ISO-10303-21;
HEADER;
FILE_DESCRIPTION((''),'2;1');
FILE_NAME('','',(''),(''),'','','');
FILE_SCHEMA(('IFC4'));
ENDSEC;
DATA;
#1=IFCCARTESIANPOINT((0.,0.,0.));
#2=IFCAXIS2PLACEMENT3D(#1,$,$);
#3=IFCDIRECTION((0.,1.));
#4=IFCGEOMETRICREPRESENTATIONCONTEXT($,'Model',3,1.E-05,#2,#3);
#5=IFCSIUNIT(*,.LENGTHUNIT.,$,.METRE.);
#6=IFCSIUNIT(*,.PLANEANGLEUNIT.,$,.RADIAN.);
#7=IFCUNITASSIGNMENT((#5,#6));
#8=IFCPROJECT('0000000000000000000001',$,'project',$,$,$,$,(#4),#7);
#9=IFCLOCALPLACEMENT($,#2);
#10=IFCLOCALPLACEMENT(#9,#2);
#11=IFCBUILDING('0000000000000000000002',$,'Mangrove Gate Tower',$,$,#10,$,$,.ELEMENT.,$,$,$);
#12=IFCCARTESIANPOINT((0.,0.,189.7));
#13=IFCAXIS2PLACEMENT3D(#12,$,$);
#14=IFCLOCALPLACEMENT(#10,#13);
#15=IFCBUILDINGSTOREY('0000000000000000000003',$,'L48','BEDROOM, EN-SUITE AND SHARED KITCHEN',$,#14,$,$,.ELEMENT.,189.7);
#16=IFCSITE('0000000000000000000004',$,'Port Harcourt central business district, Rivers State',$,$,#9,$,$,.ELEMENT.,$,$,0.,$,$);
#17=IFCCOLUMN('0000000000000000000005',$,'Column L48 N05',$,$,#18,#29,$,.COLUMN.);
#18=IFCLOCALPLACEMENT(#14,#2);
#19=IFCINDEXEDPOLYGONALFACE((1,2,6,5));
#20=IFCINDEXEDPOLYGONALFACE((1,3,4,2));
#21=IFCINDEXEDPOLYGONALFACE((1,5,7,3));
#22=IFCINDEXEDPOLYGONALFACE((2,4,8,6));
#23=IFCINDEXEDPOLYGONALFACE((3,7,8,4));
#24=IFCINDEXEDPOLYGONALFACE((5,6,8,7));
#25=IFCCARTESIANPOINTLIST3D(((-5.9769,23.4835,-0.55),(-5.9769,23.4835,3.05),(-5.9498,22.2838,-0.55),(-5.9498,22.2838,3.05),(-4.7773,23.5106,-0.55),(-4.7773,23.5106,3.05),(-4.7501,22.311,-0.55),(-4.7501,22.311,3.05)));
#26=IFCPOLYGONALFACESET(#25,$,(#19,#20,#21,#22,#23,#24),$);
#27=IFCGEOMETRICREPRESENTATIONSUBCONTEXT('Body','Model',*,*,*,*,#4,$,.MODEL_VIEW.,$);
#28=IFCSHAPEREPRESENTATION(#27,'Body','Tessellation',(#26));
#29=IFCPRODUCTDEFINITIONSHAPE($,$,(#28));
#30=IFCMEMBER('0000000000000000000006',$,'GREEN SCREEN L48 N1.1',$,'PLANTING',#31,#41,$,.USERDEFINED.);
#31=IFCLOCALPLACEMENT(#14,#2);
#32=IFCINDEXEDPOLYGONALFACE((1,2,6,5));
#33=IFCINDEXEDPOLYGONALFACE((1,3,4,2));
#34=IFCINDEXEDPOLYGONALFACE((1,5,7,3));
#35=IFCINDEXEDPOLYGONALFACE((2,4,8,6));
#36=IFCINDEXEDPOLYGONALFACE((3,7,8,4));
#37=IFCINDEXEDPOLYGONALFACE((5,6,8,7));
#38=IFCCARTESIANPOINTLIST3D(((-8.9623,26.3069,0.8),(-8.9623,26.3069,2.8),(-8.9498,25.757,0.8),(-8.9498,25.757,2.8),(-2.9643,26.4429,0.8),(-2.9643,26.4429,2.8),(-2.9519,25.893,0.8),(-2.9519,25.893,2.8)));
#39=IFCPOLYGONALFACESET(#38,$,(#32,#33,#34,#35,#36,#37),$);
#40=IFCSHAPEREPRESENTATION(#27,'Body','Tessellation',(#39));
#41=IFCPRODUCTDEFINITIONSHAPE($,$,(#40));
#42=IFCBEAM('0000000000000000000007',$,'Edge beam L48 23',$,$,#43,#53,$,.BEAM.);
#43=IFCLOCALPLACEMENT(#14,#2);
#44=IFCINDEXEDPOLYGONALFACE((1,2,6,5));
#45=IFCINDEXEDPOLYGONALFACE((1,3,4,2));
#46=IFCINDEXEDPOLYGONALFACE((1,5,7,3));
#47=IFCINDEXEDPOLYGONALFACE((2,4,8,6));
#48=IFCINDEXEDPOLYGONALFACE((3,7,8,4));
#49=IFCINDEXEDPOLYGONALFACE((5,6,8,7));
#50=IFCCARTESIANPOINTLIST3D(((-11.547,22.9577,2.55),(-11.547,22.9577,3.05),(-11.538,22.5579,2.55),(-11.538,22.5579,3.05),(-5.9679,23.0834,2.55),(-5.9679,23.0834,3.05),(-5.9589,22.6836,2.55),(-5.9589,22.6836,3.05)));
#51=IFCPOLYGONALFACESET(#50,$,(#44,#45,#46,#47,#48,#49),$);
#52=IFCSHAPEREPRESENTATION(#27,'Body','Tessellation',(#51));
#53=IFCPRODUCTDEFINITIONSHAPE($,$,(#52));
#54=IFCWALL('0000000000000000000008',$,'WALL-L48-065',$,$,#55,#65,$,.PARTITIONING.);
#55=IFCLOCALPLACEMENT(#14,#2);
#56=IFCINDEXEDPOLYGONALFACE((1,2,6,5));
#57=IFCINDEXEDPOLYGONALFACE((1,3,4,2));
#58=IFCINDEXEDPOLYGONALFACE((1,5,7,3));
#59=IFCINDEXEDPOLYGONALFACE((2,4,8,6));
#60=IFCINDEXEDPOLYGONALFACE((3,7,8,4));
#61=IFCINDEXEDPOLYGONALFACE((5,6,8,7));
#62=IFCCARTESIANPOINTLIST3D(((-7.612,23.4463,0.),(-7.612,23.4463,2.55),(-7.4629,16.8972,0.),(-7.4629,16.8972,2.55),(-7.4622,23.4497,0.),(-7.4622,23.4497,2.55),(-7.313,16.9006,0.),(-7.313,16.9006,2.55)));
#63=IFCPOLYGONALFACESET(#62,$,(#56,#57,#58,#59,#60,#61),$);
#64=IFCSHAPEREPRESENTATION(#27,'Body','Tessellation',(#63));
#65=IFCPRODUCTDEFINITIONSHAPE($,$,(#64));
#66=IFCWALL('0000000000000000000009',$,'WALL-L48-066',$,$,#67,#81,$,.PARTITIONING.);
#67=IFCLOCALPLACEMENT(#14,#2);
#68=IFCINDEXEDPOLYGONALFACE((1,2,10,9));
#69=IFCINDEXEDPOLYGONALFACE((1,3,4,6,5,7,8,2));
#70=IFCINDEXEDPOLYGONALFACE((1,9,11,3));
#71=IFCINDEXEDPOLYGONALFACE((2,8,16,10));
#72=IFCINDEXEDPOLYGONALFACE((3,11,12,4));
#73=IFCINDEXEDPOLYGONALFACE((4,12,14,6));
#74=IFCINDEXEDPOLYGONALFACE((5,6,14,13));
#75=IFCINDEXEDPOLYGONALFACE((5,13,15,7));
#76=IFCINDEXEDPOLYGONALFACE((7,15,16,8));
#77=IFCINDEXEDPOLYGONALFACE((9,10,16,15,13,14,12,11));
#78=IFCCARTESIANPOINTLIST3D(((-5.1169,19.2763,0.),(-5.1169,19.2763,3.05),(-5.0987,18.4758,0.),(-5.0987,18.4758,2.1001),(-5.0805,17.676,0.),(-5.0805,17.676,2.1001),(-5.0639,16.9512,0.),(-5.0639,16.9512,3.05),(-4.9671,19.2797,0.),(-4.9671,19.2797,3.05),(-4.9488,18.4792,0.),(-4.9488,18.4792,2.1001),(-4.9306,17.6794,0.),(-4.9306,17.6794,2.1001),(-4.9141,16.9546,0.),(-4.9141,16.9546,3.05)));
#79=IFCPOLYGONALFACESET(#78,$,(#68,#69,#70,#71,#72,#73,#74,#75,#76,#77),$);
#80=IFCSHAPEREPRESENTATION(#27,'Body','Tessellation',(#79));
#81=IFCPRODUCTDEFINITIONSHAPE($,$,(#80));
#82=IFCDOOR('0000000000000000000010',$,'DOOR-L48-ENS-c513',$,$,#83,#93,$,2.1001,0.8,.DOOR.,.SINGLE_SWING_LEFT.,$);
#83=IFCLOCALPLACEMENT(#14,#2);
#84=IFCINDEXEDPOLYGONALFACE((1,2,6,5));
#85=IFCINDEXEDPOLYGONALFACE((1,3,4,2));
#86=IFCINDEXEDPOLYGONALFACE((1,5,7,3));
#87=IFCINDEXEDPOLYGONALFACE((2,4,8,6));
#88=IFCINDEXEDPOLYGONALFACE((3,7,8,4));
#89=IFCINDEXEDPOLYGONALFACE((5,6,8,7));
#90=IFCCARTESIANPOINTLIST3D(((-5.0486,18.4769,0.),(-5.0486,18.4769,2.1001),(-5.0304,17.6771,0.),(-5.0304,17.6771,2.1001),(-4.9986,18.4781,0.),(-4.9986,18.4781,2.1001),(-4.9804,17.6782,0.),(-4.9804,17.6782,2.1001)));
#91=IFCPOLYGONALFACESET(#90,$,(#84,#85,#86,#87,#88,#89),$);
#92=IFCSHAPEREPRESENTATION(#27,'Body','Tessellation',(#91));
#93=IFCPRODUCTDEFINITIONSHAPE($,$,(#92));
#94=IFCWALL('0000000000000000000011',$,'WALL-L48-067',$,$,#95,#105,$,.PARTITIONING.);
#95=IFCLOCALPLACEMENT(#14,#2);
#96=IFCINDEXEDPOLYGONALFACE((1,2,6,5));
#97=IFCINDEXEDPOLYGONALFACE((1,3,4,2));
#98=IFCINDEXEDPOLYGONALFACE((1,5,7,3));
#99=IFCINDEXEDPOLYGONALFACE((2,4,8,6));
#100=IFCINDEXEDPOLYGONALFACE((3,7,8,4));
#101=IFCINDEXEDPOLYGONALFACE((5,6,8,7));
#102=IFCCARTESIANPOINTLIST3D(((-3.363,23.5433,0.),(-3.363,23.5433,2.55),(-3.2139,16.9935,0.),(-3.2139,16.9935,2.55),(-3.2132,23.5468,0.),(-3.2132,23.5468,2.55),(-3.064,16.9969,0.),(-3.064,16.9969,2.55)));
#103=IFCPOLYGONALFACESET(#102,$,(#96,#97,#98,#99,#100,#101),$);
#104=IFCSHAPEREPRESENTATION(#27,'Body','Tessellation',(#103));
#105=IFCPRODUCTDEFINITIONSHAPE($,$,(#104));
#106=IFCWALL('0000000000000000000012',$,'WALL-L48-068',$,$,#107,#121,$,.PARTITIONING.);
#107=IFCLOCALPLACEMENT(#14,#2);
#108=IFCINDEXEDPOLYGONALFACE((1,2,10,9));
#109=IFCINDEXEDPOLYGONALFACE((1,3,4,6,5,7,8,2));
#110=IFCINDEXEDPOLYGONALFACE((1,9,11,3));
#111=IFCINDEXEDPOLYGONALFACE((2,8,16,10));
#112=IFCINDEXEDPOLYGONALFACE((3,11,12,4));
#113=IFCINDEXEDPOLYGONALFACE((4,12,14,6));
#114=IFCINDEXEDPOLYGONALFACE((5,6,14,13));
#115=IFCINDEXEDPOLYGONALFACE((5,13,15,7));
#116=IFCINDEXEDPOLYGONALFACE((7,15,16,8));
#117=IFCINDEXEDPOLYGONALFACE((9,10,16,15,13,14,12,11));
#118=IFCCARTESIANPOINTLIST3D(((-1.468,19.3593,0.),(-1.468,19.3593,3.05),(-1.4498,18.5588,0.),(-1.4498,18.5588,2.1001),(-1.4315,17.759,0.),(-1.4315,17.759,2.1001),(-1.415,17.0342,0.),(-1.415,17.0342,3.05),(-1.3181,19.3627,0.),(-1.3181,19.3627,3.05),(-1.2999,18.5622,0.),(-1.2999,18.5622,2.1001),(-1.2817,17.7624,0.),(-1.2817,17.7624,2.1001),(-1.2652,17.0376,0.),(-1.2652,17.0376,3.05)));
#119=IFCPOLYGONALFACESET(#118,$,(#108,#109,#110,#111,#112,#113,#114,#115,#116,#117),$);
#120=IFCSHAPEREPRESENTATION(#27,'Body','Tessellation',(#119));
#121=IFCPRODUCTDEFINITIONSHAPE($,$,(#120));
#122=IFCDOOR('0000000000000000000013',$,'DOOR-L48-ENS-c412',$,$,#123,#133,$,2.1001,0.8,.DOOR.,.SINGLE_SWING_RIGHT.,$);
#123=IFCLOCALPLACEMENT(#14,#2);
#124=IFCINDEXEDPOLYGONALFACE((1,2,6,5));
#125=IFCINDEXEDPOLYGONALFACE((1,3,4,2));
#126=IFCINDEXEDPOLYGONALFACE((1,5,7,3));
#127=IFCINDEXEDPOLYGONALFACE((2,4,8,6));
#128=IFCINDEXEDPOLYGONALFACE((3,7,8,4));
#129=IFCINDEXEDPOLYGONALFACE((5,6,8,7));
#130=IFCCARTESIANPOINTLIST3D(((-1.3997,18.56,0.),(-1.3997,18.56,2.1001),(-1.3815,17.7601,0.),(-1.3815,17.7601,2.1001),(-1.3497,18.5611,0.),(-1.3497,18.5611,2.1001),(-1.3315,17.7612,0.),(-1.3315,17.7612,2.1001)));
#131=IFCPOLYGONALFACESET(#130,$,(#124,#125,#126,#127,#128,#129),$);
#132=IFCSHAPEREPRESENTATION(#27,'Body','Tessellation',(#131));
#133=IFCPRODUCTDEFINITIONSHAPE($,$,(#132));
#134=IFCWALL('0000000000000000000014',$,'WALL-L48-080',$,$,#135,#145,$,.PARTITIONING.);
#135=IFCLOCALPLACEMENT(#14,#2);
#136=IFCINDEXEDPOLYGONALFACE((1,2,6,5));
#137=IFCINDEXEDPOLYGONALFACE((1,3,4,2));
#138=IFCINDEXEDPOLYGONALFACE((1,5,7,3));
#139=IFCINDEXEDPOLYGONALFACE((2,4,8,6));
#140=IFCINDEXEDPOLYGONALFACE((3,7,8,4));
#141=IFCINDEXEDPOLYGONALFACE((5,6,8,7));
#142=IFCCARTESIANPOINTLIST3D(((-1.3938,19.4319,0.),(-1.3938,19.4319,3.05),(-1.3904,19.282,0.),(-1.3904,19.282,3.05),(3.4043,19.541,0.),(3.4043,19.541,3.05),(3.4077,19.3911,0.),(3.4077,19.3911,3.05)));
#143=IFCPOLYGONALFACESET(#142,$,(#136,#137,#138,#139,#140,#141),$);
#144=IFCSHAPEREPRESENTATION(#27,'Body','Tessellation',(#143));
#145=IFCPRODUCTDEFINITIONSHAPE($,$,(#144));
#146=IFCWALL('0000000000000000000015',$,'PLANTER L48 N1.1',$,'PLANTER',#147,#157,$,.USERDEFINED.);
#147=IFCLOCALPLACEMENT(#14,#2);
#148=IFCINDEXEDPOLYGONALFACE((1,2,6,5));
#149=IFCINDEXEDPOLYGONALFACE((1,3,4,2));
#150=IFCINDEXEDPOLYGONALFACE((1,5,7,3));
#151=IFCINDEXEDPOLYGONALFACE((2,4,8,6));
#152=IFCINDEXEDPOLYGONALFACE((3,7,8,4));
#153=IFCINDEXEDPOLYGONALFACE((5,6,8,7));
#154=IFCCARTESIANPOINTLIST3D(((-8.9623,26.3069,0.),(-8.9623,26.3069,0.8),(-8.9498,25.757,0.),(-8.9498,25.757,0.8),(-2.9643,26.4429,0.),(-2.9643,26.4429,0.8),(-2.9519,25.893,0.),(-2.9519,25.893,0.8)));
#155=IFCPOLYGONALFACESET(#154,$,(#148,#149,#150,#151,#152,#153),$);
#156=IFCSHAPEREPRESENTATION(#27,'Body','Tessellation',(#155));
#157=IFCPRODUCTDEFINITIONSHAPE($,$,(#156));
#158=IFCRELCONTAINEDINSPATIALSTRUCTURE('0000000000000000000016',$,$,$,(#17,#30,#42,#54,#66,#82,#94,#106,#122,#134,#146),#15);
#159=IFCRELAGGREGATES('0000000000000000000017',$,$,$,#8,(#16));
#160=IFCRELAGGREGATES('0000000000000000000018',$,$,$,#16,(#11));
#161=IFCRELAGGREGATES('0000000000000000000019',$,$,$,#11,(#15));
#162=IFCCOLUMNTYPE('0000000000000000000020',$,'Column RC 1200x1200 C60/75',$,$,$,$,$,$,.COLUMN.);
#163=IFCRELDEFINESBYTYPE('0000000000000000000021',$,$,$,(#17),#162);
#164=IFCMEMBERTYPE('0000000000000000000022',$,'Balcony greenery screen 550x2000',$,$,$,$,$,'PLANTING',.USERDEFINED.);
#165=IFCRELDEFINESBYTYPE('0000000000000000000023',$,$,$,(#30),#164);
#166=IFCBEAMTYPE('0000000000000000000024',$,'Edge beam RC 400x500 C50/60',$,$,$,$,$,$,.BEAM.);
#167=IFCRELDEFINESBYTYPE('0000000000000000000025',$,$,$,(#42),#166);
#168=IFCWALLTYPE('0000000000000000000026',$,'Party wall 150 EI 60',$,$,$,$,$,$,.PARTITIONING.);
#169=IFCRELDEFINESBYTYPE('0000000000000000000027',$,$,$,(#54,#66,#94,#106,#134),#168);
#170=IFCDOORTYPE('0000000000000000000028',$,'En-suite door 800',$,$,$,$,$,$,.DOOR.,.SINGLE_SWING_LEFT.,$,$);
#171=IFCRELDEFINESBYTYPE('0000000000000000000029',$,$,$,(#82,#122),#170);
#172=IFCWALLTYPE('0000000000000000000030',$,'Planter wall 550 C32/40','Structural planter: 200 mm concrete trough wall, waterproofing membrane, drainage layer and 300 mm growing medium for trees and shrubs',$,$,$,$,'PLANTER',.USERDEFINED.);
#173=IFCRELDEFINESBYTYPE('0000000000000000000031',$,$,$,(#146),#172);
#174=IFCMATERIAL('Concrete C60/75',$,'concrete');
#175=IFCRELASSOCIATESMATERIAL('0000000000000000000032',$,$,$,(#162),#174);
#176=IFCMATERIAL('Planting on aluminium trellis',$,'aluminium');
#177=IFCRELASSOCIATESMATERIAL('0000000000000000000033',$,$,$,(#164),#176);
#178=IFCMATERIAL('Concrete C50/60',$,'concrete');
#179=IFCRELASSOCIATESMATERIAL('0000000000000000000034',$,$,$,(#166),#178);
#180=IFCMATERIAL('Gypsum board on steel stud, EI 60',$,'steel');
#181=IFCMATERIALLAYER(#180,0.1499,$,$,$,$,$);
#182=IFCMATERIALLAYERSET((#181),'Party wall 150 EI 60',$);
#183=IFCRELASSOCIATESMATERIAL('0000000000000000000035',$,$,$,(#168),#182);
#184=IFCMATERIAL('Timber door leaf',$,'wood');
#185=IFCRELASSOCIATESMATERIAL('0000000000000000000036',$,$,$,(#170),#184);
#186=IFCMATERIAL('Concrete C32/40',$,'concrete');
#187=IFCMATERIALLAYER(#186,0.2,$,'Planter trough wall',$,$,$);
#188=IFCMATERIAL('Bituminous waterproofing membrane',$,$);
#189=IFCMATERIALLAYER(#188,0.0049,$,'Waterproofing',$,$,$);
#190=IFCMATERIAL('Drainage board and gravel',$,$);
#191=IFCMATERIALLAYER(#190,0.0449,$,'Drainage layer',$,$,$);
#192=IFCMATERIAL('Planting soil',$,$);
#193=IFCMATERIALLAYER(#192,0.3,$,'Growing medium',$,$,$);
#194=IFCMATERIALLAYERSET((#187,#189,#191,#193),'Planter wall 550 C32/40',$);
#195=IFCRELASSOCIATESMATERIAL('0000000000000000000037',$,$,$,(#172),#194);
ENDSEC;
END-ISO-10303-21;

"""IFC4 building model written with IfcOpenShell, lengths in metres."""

from ifc_helpers import new_model, si_unit, direction, frame, frame_2d, origin, origin_2d, place, context, subcontext, project, spatial, rectangle, extrude, material, layer, layer_set, material_profile, profile_set, type_object, element, fill, save


model = new_model("IFC4")

# Units and contexts
model_context = context("Model", 3, precision=1e-05, world=origin(), true_north=direction((0.0, 1.0)))
body_context = subcontext(model_context, "Body", "Model", "MODEL_VIEW")
ifc_project = project(units=[si_unit("LENGTHUNIT", "METRE"), si_unit("PLANEANGLEUNIT", "RADIAN")], contexts=[model_context])

# Site, building, storey
site_placement = place(None, origin())
site = spatial("IfcSite", under=ifc_project, at=site_placement, Name="Port Harcourt central business district, Rivers State", CompositionType="ELEMENT", RefElevation=0.0)
building_placement = place(site_placement, origin())
building = spatial("IfcBuilding", under=site, at=building_placement, Name="Mangrove Gate Tower", CompositionType="ELEMENT")
storey_placement = place(building_placement, frame((0.0, 0.0, 189.7)))
storey = spatial("IfcBuildingStorey", under=building, at=storey_placement, Name="L48", Description="BEDROOM, EN-SUITE AND SHARED KITCHEN", CompositionType="ELEMENT", Elevation=189.7)

# Column
ifc_material_1 = material(Name="Concrete C60/75", Category="concrete")
ifc_material_profile_1 = material_profile(ifc_material_1, rectangle(XDim=1.2, YDim=1.2, at=origin_2d()))
ifc_profile_set_1 = profile_set([ifc_material_profile_1], Name="Concrete C60/75")
column_type = type_object("IfcColumnType", Name="Column RC 1200x1200 C60/75", PredefinedType="COLUMN", material=ifc_profile_set_1)
column_placement = place(storey_placement, frame((-5.3635, 22.8972, -0.55), z_axis=(0.0, 0.0, 1.0), x_axis=(-0.999744, -0.022639, 0.0)))
element("IfcColumn", 1, at=column_placement, inside=storey, type_object=column_type, Name="Column L48 N05", PredefinedType="COLUMN", context=body_context, shape_type="SweptSolid", body=[
    extrude(rectangle(XDim=1.2, YDim=1.2, at=origin_2d()), origin(), (0.0, 0.0, 1.0), 3.6001),
])

# Member
ifc_material_2 = material(Name="Planting on aluminium trellis", Category="aluminium")
ifc_material_profile_2 = material_profile(ifc_material_2, rectangle(XDim=0.55, YDim=2.0, at=origin_2d()))
ifc_profile_set_2 = profile_set([ifc_material_profile_2], Name="Planting on aluminium trellis")
member_type = type_object("IfcMemberType", Name="Balcony greenery screen 550x2000", ElementType="PLANTING", PredefinedType="USERDEFINED", material=ifc_profile_set_2)
member_placement = place(storey_placement, frame((-8.9561, 26.032, 1.8), z_axis=(0.999743, 0.022666, 0.0), x_axis=(-0.022666, 0.999743, 0.0)))
element("IfcMember", 2, at=member_placement, inside=storey, type_object=member_type, Name="GREEN SCREEN L48 N1.1", ObjectType="PLANTING", PredefinedType="USERDEFINED", context=body_context, shape_type="SweptSolid", body=[
    extrude(rectangle(XDim=0.55, YDim=2.0, at=origin_2d()), origin(), (0.0, 0.0, 1.0), 5.9995),
])

# Beam
ifc_material_3 = material(Name="Concrete C50/60", Category="concrete")
ifc_material_profile_3 = material_profile(ifc_material_3, rectangle(XDim=0.3999, YDim=0.5, at=origin_2d()))
ifc_profile_set_3 = profile_set([ifc_material_profile_3], Name="Concrete C50/60")
beam_type = type_object("IfcBeamType", Name="Edge beam RC 400x500 C50/60", PredefinedType="BEAM", material=ifc_profile_set_3)
beam_placement = place(storey_placement, frame((-5.9634, 22.8835, 2.8), z_axis=(-0.999746, -0.022531, 0.0), x_axis=(0.022531, -0.999746, 0.0)))
element("IfcBeam", 3, at=beam_placement, inside=storey, type_object=beam_type, Name="Edge beam L48 23", PredefinedType="BEAM", context=body_context, shape_type="SweptSolid", body=[
    extrude(rectangle(XDim=0.3999, YDim=0.5, at=origin_2d()), origin(), (0.0, 0.0, 1.0), 5.5806),
])

# Wall
ifc_material_4 = material(Name="Gypsum board on steel stud, EI 60", Category="steel")
ifc_layer_1 = layer(ifc_material_4, 0.1499)
ifc_layer_set_1 = layer_set([ifc_layer_1], Name="Party wall 150 EI 60")
wall_type_1 = type_object("IfcWallType", Name="Party wall 150 EI 60", PredefinedType="PARTITIONING", material=ifc_layer_set_1)
wall_1_placement = place(storey_placement, frame((-7.3879, 16.8989, 0.0), z_axis=(0.0, 0.0, 1.0), x_axis=(-0.022771, 0.999741, 0.0)))
element("IfcWall", 4, at=wall_1_placement, inside=storey, type_object=wall_type_1, Name="WALL-L48-065", PredefinedType="PARTITIONING", context=body_context, shape_type="SweptSolid", body=[
    extrude(rectangle(XDim=6.5508, YDim=0.1499, at=frame_2d((3.2754, 0.0))), origin(), (0.0, 0.0, 1.0), 2.55),
])

# Wall, opening, door
wall_2_placement = place(storey_placement, frame((-4.989, 16.9529, 0.0), z_axis=(0.0, 0.0, 1.0), x_axis=(-0.022779, 0.999741, 0.0)))
wall_2 = element("IfcWall", 5, at=wall_2_placement, inside=storey, type_object=wall_type_1, Name="WALL-L48-066", PredefinedType="PARTITIONING", context=body_context, shape_type="SweptSolid", body=[
    extrude(rectangle(XDim=2.3257, YDim=0.1499, at=frame_2d((1.1628, 0.0))), origin(), (0.0, 0.0, 1.0), 3.05),
])
opening_1_placement = place(wall_2_placement, frame((0.7251, 0.0, 0.0)))
opening_1 = element("IfcOpeningElement", 6, at=opening_1_placement, cuts=wall_2, PredefinedType="OPENING", context=body_context, shape_type="SweptSolid", body=[
    extrude(rectangle(XDim=0.8, YDim=2.1001, at=frame_2d((0.3999, 1.05))), frame((0.0, 0.085, 0.0), z_axis=(0.0, -1.0, 0.0), x_axis=(1.0, 0.0, 0.0)), (0.0, 0.0, 1.0), 0.1699),
])
ifc_material_5 = material(Name="Timber door leaf", Category="wood")
door_type = type_object("IfcDoorType", Name="En-suite door 800", OperationType="SINGLE_SWING_LEFT", PredefinedType="DOOR", material=ifc_material_5)
door_1_placement = place(opening_1_placement, origin())
door_1 = element("IfcDoor", 7, at=door_1_placement, inside=storey, type_object=door_type, Name="DOOR-L48-ENS-c513", OperationType="SINGLE_SWING_LEFT", OverallHeight=2.1001, OverallWidth=0.8, PredefinedType="DOOR", context=body_context, shape_type="SweptSolid", body=[
    extrude(rectangle(XDim=0.8, YDim=2.1001, at=frame_2d((0.3999, 1.05))), frame((0.0, 0.0249, 0.0), z_axis=(0.0, -1.0, 0.0), x_axis=(1.0, 0.0, 0.0)), (0.0, 0.0, 1.0), 0.05),
])
fill(opening_1, door_1)

# Wall
wall_3_placement = place(storey_placement, frame((-3.1389, 16.9951, 0.0), z_axis=(0.0, 0.0, 1.0), x_axis=(-0.022769, 0.999741, 0.0)))
element("IfcWall", 8, at=wall_3_placement, inside=storey, type_object=wall_type_1, Name="WALL-L48-067", PredefinedType="PARTITIONING", context=body_context, shape_type="SweptSolid", body=[
    extrude(rectangle(XDim=6.5515, YDim=0.1499, at=frame_2d((3.2759, 0.0))), origin(), (0.0, 0.0, 1.0), 2.55),
])

# Wall, opening, door
wall_4_placement = place(storey_placement, frame((-1.3401, 17.0359, 0.0), z_axis=(0.0, 0.0, 1.0), x_axis=(-0.022779, 0.999741, 0.0)))
wall_4 = element("IfcWall", 9, at=wall_4_placement, inside=storey, type_object=wall_type_1, Name="WALL-L48-068", PredefinedType="PARTITIONING", context=body_context, shape_type="SweptSolid", body=[
    extrude(rectangle(XDim=2.3257, YDim=0.1499, at=frame_2d((1.1628, 0.0))), origin(), (0.0, 0.0, 1.0), 3.05),
])
opening_2_placement = place(wall_4_placement, frame((0.7251, 0.0, 0.0)))
opening_2 = element("IfcOpeningElement", 10, at=opening_2_placement, cuts=wall_4, PredefinedType="OPENING", context=body_context, shape_type="SweptSolid", body=[
    extrude(rectangle(XDim=0.8, YDim=2.1001, at=frame_2d((0.3999, 1.05))), frame((0.0, 0.085, 0.0), z_axis=(0.0, -1.0, 0.0), x_axis=(1.0, 0.0, 0.0)), (0.0, 0.0, 1.0), 0.1699),
])
door_2_placement = place(opening_2_placement, origin())
door_2 = element("IfcDoor", 11, at=door_2_placement, inside=storey, type_object=door_type, Name="DOOR-L48-ENS-c412", OperationType="SINGLE_SWING_RIGHT", OverallHeight=2.1001, OverallWidth=0.8, PredefinedType="DOOR", context=body_context, shape_type="SweptSolid", body=[
    extrude(rectangle(XDim=0.8, YDim=2.1001, at=frame_2d((0.3999, 1.05))), frame((0.0, 0.0249, 0.0), z_axis=(0.0, -1.0, 0.0), x_axis=(1.0, 0.0, 0.0)), (0.0, 0.0, 1.0), 0.05),
])
fill(opening_2, door_2)

# Walls
wall_5_placement = place(storey_placement, frame((-1.3921, 19.3569, 0.0), z_axis=(0.0, 0.0, 1.0), x_axis=(0.999741, 0.022739, 0.0)))
element("IfcWall", 12, at=wall_5_placement, inside=storey, type_object=wall_type_1, Name="WALL-L48-080", PredefinedType="PARTITIONING", context=body_context, shape_type="SweptSolid", body=[
    extrude(rectangle(XDim=4.7993, YDim=0.1499, at=frame_2d((2.3997, 0.0))), origin(), (0.0, 0.0, 1.0), 3.05),
])
ifc_material_6 = material(Name="Concrete C32/40", Category="concrete")
ifc_layer_2 = layer(ifc_material_6, 0.2, Name="Planter trough wall")
ifc_material_7 = material(Name="Bituminous waterproofing membrane")
ifc_layer_3 = layer(ifc_material_7, 0.0049, Name="Waterproofing")
ifc_material_8 = material(Name="Drainage board and gravel")
ifc_layer_4 = layer(ifc_material_8, 0.0449, Name="Drainage layer")
ifc_material_9 = material(Name="Planting soil")
ifc_layer_5 = layer(ifc_material_9, 0.3, Name="Growing medium")
ifc_layer_set_2 = layer_set([ifc_layer_2, ifc_layer_3, ifc_layer_4, ifc_layer_5], Name="Planter wall 550 C32/40")
wall_type_2 = type_object("IfcWallType", Name="Planter wall 550 C32/40", Description="Structural planter: 200 mm concrete trough wall, waterproofing membrane, drainage layer and 300 mm growing medium for trees and shrubs", ElementType="PLANTER", PredefinedType="USERDEFINED", material=ifc_layer_set_2)
wall_6_placement = place(storey_placement, frame((-8.9561, 26.032, 0.0), z_axis=(0.0, 0.0, 1.0), x_axis=(0.999743, 0.022666, 0.0)))
element("IfcWall", 13, at=wall_6_placement, inside=storey, type_object=wall_type_2, Name="PLANTER L48 N1.1", ObjectType="PLANTER", PredefinedType="USERDEFINED", context=body_context, shape_type="SweptSolid", body=[
    extrude(rectangle(XDim=5.9995, YDim=0.55, at=frame_2d((2.9998, 0.0))), origin(), (0.0, 0.0, 1.0), 0.8),
])

save(model, "model.ifc")
